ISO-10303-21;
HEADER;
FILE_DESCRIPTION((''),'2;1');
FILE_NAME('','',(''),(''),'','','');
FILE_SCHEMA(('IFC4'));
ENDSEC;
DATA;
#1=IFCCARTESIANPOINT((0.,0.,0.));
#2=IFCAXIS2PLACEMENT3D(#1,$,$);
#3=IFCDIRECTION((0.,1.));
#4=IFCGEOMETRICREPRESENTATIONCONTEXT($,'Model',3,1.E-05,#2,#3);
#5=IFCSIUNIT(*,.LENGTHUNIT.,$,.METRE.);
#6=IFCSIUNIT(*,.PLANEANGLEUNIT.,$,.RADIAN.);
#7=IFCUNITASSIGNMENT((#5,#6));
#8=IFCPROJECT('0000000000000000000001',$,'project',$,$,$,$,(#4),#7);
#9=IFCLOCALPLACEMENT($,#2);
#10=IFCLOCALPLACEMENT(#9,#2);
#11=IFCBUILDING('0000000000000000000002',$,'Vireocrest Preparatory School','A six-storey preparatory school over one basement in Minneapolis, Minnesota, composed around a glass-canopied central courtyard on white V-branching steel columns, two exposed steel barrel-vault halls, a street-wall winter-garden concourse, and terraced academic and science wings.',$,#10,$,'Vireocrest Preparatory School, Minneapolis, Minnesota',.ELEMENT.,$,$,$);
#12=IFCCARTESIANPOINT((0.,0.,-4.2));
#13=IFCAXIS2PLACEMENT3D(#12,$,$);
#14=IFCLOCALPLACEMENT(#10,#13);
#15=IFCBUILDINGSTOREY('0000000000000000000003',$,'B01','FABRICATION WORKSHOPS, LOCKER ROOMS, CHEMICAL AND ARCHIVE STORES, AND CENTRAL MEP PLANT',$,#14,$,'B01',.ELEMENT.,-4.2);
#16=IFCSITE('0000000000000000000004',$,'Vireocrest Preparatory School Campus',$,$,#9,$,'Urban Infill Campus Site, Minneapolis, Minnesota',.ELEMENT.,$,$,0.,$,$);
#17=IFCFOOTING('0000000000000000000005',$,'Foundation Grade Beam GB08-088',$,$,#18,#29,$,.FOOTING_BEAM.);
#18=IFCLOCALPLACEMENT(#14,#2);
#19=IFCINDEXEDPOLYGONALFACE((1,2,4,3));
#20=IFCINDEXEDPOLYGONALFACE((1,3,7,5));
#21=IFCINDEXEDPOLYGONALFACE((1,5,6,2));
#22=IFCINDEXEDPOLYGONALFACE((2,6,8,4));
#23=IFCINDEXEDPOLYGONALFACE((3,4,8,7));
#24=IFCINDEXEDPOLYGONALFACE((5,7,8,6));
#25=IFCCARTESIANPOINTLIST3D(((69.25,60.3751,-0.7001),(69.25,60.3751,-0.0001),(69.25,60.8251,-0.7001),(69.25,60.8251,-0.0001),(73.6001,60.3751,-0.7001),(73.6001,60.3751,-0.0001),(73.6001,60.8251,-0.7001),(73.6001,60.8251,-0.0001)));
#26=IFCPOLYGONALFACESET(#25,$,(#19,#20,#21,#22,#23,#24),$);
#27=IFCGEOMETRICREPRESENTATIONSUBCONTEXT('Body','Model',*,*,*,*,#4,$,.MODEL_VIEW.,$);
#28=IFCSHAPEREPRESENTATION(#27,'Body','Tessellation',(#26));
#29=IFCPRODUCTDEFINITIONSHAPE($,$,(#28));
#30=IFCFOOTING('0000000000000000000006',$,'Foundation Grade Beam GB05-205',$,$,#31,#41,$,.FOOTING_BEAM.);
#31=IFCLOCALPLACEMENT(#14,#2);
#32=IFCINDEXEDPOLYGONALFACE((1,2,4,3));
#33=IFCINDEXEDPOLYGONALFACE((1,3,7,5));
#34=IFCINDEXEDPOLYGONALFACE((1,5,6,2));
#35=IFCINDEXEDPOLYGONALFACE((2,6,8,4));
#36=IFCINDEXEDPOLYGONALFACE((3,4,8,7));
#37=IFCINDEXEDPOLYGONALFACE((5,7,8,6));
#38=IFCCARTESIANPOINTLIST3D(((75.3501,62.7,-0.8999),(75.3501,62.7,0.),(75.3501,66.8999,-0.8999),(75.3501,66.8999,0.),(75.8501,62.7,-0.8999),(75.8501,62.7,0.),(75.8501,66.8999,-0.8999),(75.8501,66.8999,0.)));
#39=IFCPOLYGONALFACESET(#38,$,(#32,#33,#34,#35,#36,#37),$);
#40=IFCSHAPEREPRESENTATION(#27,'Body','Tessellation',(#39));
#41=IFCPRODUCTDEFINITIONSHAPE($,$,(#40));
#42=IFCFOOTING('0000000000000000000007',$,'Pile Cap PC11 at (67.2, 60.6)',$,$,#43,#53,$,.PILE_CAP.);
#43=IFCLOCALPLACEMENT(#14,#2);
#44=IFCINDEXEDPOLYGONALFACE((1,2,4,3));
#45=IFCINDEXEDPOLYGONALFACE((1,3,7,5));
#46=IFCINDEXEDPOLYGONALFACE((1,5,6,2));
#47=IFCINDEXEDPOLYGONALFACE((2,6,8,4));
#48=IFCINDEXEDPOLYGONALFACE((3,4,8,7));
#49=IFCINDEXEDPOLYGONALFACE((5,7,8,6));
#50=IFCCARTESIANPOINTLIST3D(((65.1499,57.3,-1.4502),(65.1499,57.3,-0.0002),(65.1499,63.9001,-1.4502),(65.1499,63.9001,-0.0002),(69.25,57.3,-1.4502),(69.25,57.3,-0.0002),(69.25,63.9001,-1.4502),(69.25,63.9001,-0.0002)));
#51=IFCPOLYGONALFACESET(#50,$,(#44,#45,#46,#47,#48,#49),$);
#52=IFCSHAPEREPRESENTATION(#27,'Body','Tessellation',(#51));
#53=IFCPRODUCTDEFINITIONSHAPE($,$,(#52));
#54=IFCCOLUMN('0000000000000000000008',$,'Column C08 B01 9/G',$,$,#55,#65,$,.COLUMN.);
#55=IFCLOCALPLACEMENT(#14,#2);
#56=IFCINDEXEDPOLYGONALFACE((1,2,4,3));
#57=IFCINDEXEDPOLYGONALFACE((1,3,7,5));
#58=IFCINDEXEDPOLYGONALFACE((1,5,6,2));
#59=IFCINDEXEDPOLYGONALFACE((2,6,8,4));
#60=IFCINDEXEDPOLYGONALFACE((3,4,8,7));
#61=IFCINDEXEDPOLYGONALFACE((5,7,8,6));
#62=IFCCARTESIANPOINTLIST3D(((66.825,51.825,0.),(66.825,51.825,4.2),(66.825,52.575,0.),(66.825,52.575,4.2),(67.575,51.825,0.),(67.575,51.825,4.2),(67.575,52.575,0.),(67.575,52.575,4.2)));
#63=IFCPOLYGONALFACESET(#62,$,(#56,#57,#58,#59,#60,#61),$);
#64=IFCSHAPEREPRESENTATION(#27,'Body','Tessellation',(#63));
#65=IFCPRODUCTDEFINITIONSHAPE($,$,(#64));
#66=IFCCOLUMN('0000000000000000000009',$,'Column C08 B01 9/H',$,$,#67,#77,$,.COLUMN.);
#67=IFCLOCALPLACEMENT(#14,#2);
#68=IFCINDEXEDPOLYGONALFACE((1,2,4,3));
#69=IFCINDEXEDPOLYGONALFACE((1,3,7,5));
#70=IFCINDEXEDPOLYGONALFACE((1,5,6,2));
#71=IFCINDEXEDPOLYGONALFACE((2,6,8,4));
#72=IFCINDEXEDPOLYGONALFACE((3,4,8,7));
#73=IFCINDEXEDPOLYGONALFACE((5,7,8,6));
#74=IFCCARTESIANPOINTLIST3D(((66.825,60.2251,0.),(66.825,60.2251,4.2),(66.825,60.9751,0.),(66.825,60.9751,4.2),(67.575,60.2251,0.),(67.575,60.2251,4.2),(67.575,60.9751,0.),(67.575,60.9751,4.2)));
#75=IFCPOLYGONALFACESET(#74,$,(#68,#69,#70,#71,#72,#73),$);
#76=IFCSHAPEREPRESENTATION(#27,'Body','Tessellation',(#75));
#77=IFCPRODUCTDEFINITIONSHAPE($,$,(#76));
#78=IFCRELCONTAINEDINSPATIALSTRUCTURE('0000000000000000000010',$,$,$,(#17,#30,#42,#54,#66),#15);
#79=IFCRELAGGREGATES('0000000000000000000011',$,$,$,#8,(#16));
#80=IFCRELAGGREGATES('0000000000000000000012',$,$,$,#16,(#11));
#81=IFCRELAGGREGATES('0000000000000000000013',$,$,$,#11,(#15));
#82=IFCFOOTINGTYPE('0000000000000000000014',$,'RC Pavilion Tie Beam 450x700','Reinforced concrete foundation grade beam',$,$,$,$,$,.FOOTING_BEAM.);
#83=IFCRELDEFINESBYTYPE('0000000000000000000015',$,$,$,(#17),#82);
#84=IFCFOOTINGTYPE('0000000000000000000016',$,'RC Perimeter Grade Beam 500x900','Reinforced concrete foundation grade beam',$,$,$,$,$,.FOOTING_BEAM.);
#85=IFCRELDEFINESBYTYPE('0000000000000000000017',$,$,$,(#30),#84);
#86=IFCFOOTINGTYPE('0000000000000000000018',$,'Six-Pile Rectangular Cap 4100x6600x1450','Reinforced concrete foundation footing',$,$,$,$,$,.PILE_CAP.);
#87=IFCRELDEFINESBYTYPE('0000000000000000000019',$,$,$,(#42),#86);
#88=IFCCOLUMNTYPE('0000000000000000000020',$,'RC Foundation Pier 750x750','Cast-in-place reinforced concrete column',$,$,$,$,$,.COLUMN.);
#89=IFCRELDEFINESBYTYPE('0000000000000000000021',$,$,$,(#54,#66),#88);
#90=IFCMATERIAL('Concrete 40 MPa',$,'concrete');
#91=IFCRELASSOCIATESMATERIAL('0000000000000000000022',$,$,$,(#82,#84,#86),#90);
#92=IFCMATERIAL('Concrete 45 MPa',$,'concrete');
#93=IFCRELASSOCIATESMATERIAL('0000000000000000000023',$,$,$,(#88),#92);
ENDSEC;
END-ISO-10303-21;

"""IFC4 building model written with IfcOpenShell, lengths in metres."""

from ifc_helpers import new_model, si_unit, direction, frame, origin, origin_2d, place, context, subcontext, project, spatial, rectangle, extrude, material, material_profile, profile_set, type_object, element, save


model = new_model("IFC4")

# Units and contexts
model_context = context("Model", 3, precision=1e-05, world=origin(), true_north=direction((0.0, 1.0)))
body_context = subcontext(model_context, "Body", "Model", "MODEL_VIEW")
ifc_project = project(units=[si_unit("LENGTHUNIT", "METRE"), si_unit("PLANEANGLEUNIT", "RADIAN")], contexts=[model_context])

# Site, building, storey
site_placement = place(None, origin())
site = spatial("IfcSite", under=ifc_project, at=site_placement, Name="Vireocrest Preparatory School Campus", LongName="Urban Infill Campus Site, Minneapolis, Minnesota", CompositionType="ELEMENT", RefElevation=0.0)
building_placement = place(site_placement, origin())
building = spatial("IfcBuilding", under=site, at=building_placement, Name="Vireocrest Preparatory School", Description="A six-storey preparatory school over one basement in Minneapolis, Minnesota, composed around a glass-canopied central courtyard on white V-branching steel columns, two exposed steel barrel-vault halls, a street-wall winter-garden concourse, and terraced academic and science wings.", LongName="Vireocrest Preparatory School, Minneapolis, Minnesota", CompositionType="ELEMENT")
storey_placement = place(building_placement, frame((0.0, 0.0, -4.2)))
storey = spatial("IfcBuildingStorey", under=building, at=storey_placement, Name="B01", Description="FABRICATION WORKSHOPS, LOCKER ROOMS, CHEMICAL AND ARCHIVE STORES, AND CENTRAL MEP PLANT", LongName="B01", CompositionType="ELEMENT", Elevation=-4.2)

# Shared definitions
ifc_material_1 = material(Name="Concrete 40 MPa", Category="concrete")

# Footings
ifc_material_profile_1 = material_profile(ifc_material_1, rectangle(XDim=0.45, YDim=0.7, at=origin_2d()), Name="GB 450x700")
ifc_profile_set_1 = profile_set([ifc_material_profile_1], Name="Concrete 40 MPa")
footing_type_1 = type_object("IfcFootingType", Name="RC Pavilion Tie Beam 450x700", Description="Reinforced concrete foundation grade beam", PredefinedType="FOOTING_BEAM", material=ifc_profile_set_1)
footing_1_placement = place(storey_placement, frame((69.25, 60.6001, -0.3501), z_axis=(1.0, 0.0, 0.0), x_axis=(0.0, 1.0, 0.0)))
element("IfcFooting", 1, at=footing_1_placement, inside=storey, type_object=footing_type_1, Name="Foundation Grade Beam GB08-088", PredefinedType="FOOTING_BEAM", context=body_context, shape_type="SweptSolid", body=[
    extrude(rectangle(XDim=0.45, YDim=0.7, at=origin_2d()), origin(), (0.0, 0.0, 1.0), 4.3501),
])
ifc_material_profile_2 = material_profile(ifc_material_1, rectangle(XDim=0.5, YDim=0.8999, at=origin_2d()), Name="GB 500x900")
ifc_profile_set_2 = profile_set([ifc_material_profile_2], Name="Concrete 40 MPa")
footing_type_2 = type_object("IfcFootingType", Name="RC Perimeter Grade Beam 500x900", Description="Reinforced concrete foundation grade beam", PredefinedType="FOOTING_BEAM", material=ifc_profile_set_2)
footing_2_placement = place(storey_placement, frame((75.6001, 62.7, -0.45), z_axis=(0.0, 1.0, 0.0), x_axis=(-1.0, 0.0, 0.0)))
element("IfcFooting", 2, at=footing_2_placement, inside=storey, type_object=footing_type_2, Name="Foundation Grade Beam GB05-205", PredefinedType="FOOTING_BEAM", context=body_context, shape_type="SweptSolid", body=[
    extrude(rectangle(XDim=0.5, YDim=0.8999, at=origin_2d()), origin(), (0.0, 0.0, 1.0), 4.2),
])
footing_type_3 = type_object("IfcFootingType", Name="Six-Pile Rectangular Cap 4100x6600x1450", Description="Reinforced concrete foundation footing", PredefinedType="PILE_CAP", material=ifc_material_1)
footing_3_placement = place(storey_placement, frame((67.2, 60.6001, -1.4502), z_axis=(0.0, 0.0, 1.0), x_axis=(1.0, 0.0, 0.0)))
element("IfcFooting", 3, at=footing_3_placement, inside=storey, type_object=footing_type_3, Name="Pile Cap PC11 at (67.2, 60.6)", PredefinedType="PILE_CAP", context=body_context, shape_type="SweptSolid", body=[
    extrude(rectangle(XDim=4.1001, YDim=6.6001, at=origin_2d()), origin(), (0.0, 0.0, 1.0), 1.45),
])

# Columns
ifc_material_2 = material(Name="Concrete 45 MPa", Category="concrete")
ifc_material_profile_3 = material_profile(ifc_material_2, rectangle(XDim=0.75, YDim=0.75, at=origin_2d()), Name="RC 750x750")
ifc_profile_set_3 = profile_set([ifc_material_profile_3], Name="Concrete 45 MPa")
column_type = type_object("IfcColumnType", Name="RC Foundation Pier 750x750", Description="Cast-in-place reinforced concrete column", PredefinedType="COLUMN", material=ifc_profile_set_3)
for number, where, z_axis, x_axis, name in (
    (4, (67.2, 52.2, 0.0), (0.0, 0.0, 1.0), (1.0, 0.0, 0.0), "Column C08 B01 9/G"),
    (5, (67.2, 60.6001, 0.0), (0.0, 0.0, 1.0), (1.0, 0.0, 0.0), "Column C08 B01 9/H"),
):
    element("IfcColumn", number, at=place(storey_placement, frame(where, z_axis=z_axis, x_axis=x_axis)), inside=storey, type_object=column_type, Name=name, PredefinedType="COLUMN", context=body_context, shape_type="SweptSolid", body=[
        extrude(rectangle(XDim=0.75, YDim=0.75, at=origin_2d()), origin(), (0.0, 0.0, 1.0), 4.2),
    ])

save(model, "model.ifc")
